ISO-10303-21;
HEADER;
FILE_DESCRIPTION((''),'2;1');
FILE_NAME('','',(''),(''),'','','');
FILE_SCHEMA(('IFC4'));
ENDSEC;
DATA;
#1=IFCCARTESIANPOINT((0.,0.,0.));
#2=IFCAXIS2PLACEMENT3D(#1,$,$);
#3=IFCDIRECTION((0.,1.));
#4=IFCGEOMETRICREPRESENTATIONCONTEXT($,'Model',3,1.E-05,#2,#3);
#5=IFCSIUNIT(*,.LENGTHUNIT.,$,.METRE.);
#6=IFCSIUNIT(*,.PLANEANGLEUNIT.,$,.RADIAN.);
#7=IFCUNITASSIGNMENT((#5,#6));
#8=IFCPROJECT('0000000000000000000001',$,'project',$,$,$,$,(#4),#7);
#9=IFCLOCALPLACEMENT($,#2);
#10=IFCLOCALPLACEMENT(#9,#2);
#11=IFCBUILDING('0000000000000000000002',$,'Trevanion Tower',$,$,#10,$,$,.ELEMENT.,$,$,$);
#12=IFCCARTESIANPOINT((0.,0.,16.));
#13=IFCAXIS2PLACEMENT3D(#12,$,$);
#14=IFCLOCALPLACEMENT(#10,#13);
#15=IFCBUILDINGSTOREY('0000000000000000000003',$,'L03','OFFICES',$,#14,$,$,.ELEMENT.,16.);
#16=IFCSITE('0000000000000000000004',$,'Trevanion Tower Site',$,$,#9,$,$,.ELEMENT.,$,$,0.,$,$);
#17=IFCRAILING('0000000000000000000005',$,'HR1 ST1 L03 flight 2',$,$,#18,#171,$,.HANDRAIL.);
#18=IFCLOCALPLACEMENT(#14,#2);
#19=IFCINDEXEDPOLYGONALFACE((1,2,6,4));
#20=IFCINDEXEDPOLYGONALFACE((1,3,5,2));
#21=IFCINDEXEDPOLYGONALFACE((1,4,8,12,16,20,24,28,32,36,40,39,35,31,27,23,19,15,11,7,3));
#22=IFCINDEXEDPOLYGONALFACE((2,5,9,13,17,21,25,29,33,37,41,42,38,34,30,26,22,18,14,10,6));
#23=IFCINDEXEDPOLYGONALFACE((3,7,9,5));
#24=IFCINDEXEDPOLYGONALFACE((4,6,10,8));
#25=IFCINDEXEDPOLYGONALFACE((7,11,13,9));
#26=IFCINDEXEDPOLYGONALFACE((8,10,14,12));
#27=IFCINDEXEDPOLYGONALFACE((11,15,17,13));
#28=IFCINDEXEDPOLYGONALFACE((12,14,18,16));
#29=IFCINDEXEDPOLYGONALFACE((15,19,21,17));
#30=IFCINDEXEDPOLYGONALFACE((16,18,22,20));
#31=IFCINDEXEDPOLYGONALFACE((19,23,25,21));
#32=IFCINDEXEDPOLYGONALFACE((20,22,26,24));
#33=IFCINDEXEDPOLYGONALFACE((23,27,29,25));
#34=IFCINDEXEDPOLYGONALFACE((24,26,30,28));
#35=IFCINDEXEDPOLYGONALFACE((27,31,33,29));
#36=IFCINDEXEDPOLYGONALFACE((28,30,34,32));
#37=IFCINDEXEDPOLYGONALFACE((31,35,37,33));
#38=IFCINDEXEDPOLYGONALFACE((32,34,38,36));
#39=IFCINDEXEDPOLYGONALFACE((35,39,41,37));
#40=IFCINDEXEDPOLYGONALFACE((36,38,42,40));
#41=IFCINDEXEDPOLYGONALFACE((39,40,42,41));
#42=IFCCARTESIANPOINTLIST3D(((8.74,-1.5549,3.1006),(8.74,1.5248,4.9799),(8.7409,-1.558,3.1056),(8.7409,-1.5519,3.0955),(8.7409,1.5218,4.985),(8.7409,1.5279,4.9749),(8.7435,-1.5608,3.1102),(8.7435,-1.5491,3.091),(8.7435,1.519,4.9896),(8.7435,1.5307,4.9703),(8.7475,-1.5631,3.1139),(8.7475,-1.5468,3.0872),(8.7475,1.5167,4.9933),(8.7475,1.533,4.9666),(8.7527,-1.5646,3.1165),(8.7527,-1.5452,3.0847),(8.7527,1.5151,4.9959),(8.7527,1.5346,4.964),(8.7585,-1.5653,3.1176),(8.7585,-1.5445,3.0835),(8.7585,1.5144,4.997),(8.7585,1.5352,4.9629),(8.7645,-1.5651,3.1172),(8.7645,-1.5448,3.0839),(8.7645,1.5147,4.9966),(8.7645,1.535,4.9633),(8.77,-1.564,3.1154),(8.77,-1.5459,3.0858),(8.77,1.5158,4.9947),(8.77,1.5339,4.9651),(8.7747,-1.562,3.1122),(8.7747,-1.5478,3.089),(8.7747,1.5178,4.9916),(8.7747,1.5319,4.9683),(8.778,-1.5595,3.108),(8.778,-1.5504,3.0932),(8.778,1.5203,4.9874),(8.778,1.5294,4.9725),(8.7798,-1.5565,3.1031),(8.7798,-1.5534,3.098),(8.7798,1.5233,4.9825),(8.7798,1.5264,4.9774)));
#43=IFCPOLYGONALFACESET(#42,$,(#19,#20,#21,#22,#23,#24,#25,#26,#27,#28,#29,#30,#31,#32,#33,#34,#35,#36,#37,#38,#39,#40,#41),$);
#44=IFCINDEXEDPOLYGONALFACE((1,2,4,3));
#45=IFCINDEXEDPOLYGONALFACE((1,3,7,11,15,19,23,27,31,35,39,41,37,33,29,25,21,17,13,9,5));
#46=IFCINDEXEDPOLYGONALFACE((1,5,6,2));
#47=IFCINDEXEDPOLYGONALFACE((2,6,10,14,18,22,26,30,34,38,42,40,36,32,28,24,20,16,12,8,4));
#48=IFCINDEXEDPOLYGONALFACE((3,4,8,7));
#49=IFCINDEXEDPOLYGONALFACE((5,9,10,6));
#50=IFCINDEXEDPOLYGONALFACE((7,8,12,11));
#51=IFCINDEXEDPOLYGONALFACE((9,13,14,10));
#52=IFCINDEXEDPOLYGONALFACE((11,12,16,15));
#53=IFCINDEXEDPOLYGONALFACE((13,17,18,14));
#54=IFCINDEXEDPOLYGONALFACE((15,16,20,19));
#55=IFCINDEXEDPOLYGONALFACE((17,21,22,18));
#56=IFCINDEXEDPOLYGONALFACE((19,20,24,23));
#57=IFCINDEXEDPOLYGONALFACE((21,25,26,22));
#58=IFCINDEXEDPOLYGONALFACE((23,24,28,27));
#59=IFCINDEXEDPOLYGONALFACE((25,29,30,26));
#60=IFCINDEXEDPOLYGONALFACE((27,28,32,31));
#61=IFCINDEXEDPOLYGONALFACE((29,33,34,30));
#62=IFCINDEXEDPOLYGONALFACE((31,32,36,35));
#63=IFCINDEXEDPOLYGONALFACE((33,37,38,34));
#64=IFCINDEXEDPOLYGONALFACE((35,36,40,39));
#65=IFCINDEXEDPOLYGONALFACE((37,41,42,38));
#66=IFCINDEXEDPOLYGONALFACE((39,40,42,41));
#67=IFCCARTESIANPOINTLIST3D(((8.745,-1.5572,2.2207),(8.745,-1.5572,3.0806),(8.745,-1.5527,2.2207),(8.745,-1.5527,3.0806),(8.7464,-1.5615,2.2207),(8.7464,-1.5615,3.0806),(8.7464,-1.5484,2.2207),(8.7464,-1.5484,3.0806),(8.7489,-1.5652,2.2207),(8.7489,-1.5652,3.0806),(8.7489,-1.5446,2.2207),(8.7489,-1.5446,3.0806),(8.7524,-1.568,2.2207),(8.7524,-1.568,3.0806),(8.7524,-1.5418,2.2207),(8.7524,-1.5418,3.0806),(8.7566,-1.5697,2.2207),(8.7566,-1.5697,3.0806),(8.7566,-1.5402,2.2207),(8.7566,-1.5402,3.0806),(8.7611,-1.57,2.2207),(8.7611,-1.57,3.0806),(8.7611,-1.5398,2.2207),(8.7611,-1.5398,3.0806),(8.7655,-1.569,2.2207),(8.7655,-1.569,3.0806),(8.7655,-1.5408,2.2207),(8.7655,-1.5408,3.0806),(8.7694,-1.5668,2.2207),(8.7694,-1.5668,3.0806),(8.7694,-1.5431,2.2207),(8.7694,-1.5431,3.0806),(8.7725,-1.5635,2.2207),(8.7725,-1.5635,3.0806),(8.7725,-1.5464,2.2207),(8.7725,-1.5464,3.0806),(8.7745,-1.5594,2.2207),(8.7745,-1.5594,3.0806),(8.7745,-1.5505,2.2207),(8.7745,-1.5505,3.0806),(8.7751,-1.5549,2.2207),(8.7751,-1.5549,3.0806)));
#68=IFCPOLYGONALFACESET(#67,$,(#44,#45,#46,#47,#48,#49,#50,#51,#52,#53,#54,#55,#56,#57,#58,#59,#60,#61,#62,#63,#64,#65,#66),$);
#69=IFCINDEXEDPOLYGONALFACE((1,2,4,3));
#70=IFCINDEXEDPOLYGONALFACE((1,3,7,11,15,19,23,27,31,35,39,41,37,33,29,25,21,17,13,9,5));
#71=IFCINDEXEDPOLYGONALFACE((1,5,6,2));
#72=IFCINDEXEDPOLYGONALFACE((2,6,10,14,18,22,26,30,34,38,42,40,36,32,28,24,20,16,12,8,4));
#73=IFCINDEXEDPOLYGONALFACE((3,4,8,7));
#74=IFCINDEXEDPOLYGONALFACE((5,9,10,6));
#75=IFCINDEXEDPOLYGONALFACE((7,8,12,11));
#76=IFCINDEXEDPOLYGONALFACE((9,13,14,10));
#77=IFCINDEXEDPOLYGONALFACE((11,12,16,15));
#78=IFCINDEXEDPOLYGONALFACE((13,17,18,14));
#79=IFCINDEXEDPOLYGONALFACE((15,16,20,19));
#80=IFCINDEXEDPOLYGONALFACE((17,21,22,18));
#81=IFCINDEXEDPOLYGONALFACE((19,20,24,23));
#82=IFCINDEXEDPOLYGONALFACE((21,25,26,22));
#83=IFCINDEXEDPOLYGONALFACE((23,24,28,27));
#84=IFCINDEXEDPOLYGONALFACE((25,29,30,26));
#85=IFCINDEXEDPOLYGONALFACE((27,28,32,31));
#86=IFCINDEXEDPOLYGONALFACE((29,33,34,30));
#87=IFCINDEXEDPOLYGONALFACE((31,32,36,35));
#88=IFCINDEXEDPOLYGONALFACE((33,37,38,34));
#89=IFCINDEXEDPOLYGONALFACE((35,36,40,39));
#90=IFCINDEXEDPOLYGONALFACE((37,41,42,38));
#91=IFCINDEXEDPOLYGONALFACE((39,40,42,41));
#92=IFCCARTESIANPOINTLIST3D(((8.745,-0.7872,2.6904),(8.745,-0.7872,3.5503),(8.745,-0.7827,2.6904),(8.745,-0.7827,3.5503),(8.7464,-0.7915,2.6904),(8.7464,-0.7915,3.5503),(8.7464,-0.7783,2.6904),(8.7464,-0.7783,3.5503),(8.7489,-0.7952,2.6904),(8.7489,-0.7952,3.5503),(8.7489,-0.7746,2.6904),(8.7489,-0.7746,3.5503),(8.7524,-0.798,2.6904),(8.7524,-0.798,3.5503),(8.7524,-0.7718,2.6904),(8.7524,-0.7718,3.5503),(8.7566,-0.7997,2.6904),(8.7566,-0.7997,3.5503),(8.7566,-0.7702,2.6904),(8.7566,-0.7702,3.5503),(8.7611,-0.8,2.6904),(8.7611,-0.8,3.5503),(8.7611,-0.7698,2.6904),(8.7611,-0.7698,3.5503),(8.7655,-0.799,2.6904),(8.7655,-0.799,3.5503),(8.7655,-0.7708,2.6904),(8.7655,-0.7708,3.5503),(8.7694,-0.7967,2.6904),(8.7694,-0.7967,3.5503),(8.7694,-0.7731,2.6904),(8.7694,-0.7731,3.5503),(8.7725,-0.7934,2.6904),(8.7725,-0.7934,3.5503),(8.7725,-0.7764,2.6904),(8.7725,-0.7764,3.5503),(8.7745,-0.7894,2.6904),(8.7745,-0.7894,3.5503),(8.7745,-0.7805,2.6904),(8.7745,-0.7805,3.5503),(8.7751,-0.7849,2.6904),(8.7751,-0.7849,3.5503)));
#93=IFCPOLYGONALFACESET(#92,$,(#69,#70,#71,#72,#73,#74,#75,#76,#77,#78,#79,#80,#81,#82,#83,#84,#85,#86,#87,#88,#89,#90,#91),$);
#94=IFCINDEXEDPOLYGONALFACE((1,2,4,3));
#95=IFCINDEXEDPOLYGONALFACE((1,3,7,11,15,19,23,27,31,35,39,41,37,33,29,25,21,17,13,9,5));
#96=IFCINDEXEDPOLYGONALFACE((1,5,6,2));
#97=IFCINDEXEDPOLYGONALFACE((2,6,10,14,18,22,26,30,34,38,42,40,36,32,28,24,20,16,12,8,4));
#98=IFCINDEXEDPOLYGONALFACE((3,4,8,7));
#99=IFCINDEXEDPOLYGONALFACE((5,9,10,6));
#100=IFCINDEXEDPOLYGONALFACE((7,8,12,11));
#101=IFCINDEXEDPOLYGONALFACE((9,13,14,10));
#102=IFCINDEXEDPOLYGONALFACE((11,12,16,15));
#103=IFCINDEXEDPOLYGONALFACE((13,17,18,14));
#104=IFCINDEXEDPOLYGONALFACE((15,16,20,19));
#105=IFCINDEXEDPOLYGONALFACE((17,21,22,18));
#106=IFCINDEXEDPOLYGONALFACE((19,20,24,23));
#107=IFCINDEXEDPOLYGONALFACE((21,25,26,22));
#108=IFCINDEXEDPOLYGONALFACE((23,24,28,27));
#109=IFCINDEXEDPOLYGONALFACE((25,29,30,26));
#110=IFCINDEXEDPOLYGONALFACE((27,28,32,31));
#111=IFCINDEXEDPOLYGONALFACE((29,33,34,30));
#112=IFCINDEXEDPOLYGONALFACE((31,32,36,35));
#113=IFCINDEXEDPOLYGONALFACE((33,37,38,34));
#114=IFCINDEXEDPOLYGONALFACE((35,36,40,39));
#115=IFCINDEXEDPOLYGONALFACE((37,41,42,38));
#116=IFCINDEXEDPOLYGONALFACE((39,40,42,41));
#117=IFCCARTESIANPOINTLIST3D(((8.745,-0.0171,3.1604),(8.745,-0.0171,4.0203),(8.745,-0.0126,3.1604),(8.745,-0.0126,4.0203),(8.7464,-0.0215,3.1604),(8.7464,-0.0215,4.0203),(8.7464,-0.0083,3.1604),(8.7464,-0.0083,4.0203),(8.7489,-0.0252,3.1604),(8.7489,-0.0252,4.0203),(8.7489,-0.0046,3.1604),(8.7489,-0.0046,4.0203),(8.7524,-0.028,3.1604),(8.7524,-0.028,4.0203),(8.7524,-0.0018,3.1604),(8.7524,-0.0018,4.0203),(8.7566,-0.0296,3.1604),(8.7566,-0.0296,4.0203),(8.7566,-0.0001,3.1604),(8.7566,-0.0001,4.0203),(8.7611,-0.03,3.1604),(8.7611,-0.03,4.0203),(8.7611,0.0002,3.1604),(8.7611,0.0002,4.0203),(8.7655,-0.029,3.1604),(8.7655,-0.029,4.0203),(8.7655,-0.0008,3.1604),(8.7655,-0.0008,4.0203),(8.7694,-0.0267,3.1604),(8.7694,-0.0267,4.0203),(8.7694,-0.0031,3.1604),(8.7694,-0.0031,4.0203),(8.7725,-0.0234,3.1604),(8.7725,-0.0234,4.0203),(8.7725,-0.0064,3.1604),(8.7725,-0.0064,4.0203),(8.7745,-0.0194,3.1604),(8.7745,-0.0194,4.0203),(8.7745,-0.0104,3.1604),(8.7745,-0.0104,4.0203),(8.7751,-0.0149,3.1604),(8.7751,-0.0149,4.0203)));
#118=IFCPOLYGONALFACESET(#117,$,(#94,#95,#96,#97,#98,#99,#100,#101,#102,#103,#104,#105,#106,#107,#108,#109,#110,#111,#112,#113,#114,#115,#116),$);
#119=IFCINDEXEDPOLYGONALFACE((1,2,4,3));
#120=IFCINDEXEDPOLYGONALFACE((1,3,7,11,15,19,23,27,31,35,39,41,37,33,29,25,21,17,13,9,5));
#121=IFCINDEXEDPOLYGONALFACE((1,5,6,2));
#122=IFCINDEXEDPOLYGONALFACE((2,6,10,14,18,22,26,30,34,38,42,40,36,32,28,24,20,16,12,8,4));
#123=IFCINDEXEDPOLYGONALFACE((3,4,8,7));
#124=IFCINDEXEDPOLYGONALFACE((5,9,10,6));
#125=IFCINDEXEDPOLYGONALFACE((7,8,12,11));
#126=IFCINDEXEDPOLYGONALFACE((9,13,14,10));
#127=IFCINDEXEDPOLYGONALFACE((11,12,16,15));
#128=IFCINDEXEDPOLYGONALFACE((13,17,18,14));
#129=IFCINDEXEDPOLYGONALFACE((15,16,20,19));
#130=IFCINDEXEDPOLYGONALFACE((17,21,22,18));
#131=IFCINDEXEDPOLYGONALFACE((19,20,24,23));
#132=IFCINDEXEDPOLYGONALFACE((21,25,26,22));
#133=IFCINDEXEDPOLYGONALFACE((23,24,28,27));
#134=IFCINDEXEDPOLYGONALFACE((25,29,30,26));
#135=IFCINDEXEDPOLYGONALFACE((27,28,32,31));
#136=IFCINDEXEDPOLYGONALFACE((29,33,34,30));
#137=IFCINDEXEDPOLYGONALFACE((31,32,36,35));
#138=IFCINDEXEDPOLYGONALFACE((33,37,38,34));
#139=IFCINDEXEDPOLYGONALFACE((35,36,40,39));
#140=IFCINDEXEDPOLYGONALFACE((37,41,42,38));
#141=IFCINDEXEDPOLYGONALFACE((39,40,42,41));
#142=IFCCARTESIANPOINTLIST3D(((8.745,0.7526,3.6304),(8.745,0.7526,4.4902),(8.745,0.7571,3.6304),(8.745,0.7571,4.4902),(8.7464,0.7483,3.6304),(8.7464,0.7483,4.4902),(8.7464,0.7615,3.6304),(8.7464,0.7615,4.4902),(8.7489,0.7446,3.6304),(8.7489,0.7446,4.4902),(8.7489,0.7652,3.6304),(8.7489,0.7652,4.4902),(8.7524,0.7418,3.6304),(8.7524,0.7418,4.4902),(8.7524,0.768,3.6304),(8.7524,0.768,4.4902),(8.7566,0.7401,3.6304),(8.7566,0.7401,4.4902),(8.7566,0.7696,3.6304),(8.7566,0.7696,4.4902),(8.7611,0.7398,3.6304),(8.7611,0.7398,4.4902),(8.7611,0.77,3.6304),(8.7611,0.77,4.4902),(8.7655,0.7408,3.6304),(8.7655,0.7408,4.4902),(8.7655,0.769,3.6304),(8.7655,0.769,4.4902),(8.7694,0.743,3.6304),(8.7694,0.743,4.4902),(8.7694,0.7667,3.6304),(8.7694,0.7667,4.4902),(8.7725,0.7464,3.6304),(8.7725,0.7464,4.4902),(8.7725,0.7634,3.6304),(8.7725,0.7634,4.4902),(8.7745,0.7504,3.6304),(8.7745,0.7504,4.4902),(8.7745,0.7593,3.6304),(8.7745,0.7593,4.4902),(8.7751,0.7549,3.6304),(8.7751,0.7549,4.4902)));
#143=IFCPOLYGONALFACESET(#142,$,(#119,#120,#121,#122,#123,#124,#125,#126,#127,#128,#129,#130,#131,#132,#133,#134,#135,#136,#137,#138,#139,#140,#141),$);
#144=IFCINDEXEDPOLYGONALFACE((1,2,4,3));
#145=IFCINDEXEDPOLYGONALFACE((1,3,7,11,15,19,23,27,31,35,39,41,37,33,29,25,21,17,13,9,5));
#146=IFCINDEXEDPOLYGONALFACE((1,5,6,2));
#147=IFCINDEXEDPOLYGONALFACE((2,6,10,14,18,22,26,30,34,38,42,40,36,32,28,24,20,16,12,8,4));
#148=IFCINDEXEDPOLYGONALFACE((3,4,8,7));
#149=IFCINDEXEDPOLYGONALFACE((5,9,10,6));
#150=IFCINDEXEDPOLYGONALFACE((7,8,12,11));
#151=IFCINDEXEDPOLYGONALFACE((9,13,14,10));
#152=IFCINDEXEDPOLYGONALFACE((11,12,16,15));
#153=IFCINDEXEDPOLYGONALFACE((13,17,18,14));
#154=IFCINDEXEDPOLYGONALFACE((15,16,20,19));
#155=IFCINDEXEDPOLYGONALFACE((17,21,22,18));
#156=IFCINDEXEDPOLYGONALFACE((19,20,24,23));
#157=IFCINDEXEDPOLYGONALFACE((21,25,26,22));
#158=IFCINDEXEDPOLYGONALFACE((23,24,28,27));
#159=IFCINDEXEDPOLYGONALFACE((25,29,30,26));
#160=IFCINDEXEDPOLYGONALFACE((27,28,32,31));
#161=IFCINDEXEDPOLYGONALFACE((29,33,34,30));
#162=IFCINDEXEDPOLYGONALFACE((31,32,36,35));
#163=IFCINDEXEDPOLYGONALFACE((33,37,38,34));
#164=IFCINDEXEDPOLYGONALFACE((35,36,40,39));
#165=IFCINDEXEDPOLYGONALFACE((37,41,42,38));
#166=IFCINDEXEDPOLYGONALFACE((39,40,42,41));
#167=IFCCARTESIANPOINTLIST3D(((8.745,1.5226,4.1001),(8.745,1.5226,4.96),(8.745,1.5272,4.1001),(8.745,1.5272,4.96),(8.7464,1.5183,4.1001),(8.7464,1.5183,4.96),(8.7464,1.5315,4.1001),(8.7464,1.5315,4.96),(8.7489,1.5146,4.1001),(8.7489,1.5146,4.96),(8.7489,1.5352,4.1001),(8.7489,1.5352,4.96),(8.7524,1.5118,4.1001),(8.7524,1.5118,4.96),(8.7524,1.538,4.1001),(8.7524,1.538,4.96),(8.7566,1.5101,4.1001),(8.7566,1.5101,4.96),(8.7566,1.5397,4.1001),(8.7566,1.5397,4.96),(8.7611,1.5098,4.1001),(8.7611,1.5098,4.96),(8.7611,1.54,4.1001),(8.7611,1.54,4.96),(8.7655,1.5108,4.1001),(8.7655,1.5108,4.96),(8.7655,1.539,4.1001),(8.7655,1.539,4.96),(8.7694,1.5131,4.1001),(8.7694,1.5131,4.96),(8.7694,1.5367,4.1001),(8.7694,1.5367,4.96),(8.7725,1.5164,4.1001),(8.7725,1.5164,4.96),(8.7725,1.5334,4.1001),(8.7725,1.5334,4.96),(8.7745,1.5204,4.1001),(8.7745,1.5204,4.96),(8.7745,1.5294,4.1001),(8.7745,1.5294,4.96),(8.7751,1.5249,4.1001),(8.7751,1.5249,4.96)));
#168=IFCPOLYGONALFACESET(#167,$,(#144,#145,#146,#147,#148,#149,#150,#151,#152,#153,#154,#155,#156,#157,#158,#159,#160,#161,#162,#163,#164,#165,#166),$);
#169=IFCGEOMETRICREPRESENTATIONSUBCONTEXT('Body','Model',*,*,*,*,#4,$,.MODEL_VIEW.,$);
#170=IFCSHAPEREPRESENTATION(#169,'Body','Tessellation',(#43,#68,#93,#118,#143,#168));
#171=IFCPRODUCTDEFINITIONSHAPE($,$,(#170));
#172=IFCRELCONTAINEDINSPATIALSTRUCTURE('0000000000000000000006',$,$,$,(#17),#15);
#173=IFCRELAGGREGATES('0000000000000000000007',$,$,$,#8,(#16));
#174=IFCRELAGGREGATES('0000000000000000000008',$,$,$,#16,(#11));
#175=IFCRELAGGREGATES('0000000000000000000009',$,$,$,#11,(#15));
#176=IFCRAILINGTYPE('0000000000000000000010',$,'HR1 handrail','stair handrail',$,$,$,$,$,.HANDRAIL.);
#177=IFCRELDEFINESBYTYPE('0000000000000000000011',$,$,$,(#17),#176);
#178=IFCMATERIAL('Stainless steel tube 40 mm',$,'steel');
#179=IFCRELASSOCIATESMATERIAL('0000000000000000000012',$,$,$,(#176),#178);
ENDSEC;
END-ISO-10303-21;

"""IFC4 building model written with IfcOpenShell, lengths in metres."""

from ifc_helpers import new_model, si_unit, direction, frame, origin, origin_2d, place, context, subcontext, project, spatial, circle, extrude, material, type_object, element, save


model = new_model("IFC4")

# Units and contexts
model_context = context("Model", 3, precision=1e-05, world=origin(), true_north=direction((0.0, 1.0)))
body_context = subcontext(model_context, "Body", "Model", "MODEL_VIEW")
ifc_project = project(units=[si_unit("LENGTHUNIT", "METRE"), si_unit("PLANEANGLEUNIT", "RADIAN")], contexts=[model_context])

# Site, building, storey
site_placement = place(None, origin())
site = spatial("IfcSite", under=ifc_project, at=site_placement, Name="Trevanion Tower Site", CompositionType="ELEMENT", RefElevation=0.0)
building_placement = place(site_placement, origin())
building = spatial("IfcBuilding", under=site, at=building_placement, Name="Trevanion Tower", CompositionType="ELEMENT")
storey_placement = place(building_placement, frame((0.0, 0.0, 16.0)))
storey = spatial("IfcBuildingStorey", under=building, at=storey_placement, Name="L03", Description="OFFICES", CompositionType="ELEMENT", Elevation=16.0)

# Railing
ifc_material_1 = material(Name="Stainless steel tube 40 mm", Category="steel")
railing_type = type_object("IfcRailingType", Name="HR1 handrail", Description="stair handrail", PredefinedType="HANDRAIL", material=ifc_material_1)
for number, where, name in (
    (1, (8.76, -1.5549, 2.2207), "HR1 ST1 L03 flight 2"),
):
    element("IfcRailing", number, at=place(storey_placement, frame(where)), inside=storey, type_object=railing_type, Name=name, PredefinedType="HANDRAIL", context=body_context, shape_type="SweptSolid", body=[
        extrude(circle(Radius=0.02, at=origin_2d()), frame((0.0, 0.0, 0.8799), z_axis=(0.0, 0.853618, 0.5209), x_axis=(-1.0, 0.0, 0.0)), (0.0, 0.0, 1.0), 3.6079),
        extrude(circle(Radius=0.0151, at=origin_2d()), origin(), (0.0, 0.0, 1.0), 0.8599),
        extrude(circle(Radius=0.0151, at=origin_2d()), frame((0.0, 0.77, 0.4697)), (0.0, 0.0, 1.0), 0.8599),
        extrude(circle(Radius=0.0151, at=origin_2d()), frame((0.0, 1.54, 0.9397)), (0.0, 0.0, 1.0), 0.8599),
        extrude(circle(Radius=0.0151, at=origin_2d()), frame((0.0, 2.3098, 1.4097)), (0.0, 0.0, 1.0), 0.8599),
        extrude(circle(Radius=0.0151, at=origin_2d()), frame((0.0, 3.0798, 1.8794)), (0.0, 0.0, 1.0), 0.8599),
    ])

save(model, "model.ifc")
